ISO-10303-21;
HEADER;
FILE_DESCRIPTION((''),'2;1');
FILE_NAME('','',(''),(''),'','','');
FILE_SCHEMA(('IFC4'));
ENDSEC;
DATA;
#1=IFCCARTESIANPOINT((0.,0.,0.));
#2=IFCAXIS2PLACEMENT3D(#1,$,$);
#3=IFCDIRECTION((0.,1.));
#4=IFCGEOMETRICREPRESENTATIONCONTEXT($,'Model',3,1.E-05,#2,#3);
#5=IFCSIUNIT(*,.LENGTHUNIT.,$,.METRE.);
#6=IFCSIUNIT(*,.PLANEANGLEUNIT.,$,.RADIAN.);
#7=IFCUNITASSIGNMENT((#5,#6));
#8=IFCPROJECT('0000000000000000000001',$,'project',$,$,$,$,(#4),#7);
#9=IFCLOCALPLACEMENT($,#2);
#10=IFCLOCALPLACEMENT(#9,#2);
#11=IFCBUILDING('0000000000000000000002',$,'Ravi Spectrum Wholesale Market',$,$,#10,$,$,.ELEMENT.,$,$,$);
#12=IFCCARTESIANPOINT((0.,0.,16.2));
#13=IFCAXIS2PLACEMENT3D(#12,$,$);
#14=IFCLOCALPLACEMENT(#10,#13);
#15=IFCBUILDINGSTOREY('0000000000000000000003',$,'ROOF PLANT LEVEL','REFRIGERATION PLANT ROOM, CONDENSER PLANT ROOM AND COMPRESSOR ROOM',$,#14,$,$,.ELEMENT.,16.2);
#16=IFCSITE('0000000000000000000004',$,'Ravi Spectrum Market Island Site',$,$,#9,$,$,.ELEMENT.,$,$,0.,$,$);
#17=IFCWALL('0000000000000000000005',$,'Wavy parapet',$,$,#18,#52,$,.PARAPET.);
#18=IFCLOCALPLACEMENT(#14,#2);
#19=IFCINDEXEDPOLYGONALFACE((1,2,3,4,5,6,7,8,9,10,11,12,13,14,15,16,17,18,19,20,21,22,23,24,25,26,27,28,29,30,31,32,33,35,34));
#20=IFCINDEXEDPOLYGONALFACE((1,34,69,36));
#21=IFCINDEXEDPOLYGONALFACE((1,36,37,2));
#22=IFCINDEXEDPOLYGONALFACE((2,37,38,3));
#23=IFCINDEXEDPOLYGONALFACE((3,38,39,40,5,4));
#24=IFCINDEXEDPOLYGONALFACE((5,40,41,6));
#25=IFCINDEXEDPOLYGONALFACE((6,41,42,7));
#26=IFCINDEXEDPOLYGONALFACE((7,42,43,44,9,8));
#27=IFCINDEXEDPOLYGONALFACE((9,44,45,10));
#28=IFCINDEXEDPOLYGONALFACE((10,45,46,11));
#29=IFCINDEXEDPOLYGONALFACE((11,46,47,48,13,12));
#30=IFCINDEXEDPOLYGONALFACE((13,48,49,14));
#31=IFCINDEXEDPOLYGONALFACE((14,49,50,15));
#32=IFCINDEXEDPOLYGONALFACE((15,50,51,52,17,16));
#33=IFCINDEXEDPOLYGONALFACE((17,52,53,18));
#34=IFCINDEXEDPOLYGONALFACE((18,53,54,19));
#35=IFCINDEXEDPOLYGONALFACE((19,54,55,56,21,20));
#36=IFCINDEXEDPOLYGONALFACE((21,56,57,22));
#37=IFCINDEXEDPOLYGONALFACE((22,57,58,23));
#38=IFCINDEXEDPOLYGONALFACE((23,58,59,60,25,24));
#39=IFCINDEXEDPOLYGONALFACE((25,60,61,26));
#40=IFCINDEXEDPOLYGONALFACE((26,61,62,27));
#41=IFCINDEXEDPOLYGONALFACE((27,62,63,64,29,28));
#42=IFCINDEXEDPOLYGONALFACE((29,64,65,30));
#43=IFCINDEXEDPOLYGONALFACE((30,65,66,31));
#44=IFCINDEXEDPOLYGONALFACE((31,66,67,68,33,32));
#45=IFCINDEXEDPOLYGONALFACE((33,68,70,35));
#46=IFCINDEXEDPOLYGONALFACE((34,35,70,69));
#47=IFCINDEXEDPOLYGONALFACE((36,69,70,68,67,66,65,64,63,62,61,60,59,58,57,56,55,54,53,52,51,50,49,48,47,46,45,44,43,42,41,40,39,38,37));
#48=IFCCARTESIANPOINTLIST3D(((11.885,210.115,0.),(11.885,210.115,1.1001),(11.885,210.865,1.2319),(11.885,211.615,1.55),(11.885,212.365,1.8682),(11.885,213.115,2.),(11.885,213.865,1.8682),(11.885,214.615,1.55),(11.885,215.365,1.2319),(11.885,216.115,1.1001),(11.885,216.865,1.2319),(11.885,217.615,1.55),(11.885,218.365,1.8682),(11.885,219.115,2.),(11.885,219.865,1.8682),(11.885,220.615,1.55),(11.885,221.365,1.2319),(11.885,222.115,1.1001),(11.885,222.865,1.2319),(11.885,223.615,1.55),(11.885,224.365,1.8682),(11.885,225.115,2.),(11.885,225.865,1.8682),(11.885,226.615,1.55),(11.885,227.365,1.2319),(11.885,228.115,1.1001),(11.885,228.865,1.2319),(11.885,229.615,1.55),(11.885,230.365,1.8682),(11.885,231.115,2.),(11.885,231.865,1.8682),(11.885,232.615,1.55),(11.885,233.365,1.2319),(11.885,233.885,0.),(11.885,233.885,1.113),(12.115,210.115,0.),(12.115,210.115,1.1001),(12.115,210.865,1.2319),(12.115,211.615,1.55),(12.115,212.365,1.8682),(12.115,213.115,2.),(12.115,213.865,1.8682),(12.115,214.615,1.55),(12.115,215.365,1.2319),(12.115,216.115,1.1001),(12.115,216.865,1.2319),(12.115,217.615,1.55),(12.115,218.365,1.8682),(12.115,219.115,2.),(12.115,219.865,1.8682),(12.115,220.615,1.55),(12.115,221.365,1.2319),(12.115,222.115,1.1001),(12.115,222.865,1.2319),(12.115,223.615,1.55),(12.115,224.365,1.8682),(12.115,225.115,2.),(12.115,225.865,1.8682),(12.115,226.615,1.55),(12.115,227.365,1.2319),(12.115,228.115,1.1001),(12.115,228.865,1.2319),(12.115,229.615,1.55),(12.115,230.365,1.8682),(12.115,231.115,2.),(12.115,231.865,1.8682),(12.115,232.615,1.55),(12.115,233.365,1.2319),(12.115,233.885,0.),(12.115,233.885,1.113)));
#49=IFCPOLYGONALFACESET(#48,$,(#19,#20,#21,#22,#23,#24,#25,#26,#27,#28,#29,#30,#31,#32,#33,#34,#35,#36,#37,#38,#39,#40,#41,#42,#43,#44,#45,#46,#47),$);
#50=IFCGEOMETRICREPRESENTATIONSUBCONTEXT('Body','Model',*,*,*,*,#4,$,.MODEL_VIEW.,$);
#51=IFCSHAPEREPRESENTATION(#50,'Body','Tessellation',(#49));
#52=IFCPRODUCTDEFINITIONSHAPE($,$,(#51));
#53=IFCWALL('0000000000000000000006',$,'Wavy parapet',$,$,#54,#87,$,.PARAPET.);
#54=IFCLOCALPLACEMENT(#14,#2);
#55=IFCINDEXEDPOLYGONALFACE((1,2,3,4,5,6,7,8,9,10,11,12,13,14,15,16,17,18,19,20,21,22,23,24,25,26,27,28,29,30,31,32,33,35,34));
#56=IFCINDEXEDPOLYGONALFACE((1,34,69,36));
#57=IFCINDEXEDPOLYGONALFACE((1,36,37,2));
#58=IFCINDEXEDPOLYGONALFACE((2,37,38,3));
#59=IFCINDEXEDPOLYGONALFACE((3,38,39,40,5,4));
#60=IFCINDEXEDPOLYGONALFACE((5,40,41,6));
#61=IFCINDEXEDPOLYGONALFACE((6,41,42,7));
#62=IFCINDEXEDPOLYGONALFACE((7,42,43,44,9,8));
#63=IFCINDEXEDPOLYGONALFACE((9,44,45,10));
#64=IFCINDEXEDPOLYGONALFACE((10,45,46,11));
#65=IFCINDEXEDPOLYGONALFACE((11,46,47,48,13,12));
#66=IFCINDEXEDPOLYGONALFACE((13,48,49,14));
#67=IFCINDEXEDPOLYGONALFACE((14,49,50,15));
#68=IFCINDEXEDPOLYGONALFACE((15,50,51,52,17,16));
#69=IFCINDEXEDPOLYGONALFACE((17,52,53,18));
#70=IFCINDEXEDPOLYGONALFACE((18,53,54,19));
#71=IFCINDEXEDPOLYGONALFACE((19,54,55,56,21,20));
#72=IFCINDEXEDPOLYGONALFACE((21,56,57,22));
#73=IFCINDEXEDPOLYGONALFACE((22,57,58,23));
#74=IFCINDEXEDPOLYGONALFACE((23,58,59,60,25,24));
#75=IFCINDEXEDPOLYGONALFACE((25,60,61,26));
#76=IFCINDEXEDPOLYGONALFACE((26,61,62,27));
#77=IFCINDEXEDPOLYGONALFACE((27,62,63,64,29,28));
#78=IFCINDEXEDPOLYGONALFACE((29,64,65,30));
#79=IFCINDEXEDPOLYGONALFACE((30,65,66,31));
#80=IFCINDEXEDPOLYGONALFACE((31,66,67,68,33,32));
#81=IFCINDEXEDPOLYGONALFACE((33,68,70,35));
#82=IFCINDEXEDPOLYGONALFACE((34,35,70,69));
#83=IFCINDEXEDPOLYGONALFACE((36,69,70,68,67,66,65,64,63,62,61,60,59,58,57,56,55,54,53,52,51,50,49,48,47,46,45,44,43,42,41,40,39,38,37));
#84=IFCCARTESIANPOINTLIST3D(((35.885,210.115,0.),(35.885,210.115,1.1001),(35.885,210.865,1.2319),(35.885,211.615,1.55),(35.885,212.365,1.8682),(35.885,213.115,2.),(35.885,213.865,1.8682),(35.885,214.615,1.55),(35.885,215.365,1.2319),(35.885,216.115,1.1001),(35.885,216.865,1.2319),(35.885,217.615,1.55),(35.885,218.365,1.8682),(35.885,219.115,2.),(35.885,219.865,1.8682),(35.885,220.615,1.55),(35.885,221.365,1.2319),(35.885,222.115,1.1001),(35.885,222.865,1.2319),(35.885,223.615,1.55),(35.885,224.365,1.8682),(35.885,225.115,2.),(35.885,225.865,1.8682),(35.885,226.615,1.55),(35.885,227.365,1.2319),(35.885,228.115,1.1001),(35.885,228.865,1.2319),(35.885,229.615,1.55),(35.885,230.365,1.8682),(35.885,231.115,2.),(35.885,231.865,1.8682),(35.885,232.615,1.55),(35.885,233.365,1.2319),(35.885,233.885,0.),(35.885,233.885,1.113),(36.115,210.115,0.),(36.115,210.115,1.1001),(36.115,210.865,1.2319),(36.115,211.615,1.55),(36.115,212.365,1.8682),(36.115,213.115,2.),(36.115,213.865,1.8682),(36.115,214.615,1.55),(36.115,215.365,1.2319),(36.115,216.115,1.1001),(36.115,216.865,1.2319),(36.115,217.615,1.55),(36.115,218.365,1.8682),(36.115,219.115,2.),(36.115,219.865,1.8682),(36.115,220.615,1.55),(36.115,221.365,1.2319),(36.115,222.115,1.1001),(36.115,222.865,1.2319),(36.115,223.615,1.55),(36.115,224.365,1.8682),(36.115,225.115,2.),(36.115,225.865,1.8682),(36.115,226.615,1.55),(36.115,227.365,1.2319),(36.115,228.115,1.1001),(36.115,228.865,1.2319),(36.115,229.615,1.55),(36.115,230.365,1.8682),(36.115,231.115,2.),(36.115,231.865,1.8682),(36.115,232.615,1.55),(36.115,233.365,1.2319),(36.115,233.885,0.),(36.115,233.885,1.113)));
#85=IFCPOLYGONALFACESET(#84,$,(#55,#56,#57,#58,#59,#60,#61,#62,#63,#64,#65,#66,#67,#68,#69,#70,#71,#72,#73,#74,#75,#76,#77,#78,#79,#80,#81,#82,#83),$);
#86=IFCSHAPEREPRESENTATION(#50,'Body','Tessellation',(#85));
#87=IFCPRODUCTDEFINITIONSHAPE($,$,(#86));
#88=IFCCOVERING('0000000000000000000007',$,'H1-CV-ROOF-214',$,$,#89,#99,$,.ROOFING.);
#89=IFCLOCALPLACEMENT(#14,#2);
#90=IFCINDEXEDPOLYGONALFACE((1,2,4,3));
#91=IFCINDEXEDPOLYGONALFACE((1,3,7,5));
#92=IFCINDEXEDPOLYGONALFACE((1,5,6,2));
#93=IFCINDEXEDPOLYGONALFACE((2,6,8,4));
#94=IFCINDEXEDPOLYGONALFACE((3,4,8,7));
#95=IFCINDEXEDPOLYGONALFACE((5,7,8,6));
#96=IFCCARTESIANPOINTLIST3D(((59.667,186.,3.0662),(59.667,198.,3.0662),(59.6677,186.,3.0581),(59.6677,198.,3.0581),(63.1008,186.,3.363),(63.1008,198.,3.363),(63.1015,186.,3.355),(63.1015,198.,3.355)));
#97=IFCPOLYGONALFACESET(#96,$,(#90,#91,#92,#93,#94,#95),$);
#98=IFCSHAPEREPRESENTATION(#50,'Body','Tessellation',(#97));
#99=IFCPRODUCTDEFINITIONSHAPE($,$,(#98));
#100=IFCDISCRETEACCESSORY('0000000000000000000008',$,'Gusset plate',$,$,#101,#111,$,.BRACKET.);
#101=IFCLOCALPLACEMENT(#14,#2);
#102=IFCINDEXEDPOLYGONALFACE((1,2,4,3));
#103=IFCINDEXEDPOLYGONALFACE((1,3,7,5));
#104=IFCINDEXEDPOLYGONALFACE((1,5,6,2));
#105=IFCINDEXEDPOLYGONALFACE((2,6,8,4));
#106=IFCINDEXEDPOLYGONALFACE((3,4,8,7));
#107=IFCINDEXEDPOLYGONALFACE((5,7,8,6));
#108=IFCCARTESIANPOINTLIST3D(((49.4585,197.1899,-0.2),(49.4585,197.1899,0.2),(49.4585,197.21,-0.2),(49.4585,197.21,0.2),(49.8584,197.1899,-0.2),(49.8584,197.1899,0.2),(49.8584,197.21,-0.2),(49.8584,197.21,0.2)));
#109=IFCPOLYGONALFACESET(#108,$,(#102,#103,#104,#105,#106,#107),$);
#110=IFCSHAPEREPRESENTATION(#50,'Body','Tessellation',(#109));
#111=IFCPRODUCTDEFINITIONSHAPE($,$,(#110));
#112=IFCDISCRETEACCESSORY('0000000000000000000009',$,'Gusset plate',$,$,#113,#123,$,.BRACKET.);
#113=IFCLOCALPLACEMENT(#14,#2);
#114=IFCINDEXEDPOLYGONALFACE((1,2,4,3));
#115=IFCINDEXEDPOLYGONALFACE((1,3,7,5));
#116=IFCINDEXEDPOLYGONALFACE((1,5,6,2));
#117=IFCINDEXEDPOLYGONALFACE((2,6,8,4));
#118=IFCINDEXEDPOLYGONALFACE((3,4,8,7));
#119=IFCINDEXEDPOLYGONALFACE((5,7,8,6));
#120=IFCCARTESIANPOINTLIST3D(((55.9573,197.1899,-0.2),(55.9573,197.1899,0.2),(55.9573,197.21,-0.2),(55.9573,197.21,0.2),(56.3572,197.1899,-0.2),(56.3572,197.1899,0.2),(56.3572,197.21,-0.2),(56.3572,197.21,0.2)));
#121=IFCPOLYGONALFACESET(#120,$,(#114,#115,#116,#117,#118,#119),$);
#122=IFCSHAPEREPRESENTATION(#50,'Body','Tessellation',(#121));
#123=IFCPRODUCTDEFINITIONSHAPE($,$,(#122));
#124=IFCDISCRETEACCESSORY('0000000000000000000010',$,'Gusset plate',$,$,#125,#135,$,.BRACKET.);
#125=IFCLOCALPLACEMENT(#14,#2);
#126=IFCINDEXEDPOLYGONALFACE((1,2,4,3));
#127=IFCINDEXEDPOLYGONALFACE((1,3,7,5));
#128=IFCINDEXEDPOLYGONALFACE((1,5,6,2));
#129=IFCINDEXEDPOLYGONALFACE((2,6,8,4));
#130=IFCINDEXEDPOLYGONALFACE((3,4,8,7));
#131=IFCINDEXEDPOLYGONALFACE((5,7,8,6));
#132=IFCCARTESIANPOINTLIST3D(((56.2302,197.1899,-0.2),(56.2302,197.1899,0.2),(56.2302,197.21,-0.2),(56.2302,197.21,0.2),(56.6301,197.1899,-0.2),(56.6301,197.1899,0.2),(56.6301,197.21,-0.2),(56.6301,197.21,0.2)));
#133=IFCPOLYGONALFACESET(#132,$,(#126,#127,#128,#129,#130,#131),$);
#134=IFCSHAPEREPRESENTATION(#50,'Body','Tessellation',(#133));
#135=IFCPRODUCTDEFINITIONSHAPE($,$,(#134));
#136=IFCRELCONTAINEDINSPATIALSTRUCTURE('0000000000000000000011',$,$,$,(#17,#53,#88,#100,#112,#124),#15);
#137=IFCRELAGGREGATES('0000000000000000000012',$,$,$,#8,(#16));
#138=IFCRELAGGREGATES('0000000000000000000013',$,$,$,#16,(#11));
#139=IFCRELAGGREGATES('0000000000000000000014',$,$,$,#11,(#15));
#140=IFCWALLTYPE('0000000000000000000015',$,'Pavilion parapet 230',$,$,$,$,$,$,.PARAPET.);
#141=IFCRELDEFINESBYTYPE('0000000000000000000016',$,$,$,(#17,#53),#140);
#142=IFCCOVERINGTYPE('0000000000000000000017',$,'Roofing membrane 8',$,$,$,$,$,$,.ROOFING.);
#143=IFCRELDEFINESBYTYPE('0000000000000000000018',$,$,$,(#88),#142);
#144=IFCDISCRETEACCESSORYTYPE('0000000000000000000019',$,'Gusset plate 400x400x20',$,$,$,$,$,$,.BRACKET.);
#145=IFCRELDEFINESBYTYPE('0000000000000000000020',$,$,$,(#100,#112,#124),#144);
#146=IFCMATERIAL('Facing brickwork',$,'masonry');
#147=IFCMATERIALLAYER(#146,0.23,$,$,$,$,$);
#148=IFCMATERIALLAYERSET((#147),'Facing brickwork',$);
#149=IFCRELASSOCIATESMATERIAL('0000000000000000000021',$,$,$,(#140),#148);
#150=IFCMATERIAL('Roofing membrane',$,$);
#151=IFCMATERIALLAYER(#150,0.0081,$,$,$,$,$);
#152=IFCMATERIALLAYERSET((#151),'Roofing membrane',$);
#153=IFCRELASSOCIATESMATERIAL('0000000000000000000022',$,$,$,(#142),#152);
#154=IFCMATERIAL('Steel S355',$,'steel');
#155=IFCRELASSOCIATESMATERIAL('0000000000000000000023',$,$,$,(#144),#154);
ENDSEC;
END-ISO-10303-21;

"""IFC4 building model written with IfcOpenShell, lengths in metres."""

from ifc_helpers import new_model, si_unit, direction, frame, origin, origin_2d, place, context, subcontext, project, spatial, polyline, rectangle, outline, extrude, material, layer, layer_set, material_profile, profile_set, type_object, element, save


model = new_model("IFC4")

# Units and contexts
model_context = context("Model", 3, precision=1e-05, world=origin(), true_north=direction((0.0, 1.0)))
body_context = subcontext(model_context, "Body", "Model", "MODEL_VIEW")
ifc_project = project(units=[si_unit("LENGTHUNIT", "METRE"), si_unit("PLANEANGLEUNIT", "RADIAN")], contexts=[model_context])

# Site, building, storey
site_placement = place(None, origin())
site = spatial("IfcSite", under=ifc_project, at=site_placement, Name="Ravi Spectrum Market Island Site", CompositionType="ELEMENT", RefElevation=0.0)
building_placement = place(site_placement, origin())
building = spatial("IfcBuilding", under=site, at=building_placement, Name="Ravi Spectrum Wholesale Market", CompositionType="ELEMENT")
storey_placement = place(building_placement, frame((0.0, 0.0, 16.2)))
storey = spatial("IfcBuildingStorey", under=building, at=storey_placement, Name="ROOF PLANT LEVEL", Description="REFRIGERATION PLANT ROOM, CONDENSER PLANT ROOM AND COMPRESSOR ROOM", CompositionType="ELEMENT", Elevation=16.2)

# Walls
ifc_material_1 = material(Name="Facing brickwork", Category="masonry")
ifc_layer_1 = layer(ifc_material_1, 0.23)
ifc_layer_set_1 = layer_set([ifc_layer_1], Name="Facing brickwork")
wall_type = type_object("IfcWallType", Name="Pavilion parapet 230", PredefinedType="PARAPET", material=ifc_layer_set_1)
for number, where, z_axis, x_axis, name in (
    (1, (12.0, 210.115, 0.0), (0.0, 0.0, 1.0), (0.0, 1.0, 0.0), "Wavy parapet"),
    (2, (36.0, 210.115, 0.0), (0.0, 0.0, 1.0), (0.0, 1.0, 0.0), "Wavy parapet"),
):
    element("IfcWall", number, at=place(storey_placement, frame(where, z_axis=z_axis, x_axis=x_axis)), inside=storey, type_object=wall_type, Name=name, PredefinedType="PARAPET", context=body_context, shape_type="SweptSolid", body=[
        extrude(outline(polyline([(0.0, 0.0), (23.77, 0.0), (23.77, 1.113), (23.25, 1.2319), (22.5, 1.55), (21.75, 1.8682), (21.0, 2.0), (20.25, 1.8682), (19.5, 1.55), (18.75, 1.2319), (18.0, 1.1001), (17.25, 1.2319), (16.5, 1.55), (15.75, 1.8682), (15.0, 2.0), (14.25, 1.8682), (13.5, 1.55), (12.75, 1.2319), (12.0, 1.1001), (11.25, 1.2319), (10.5, 1.55), (9.75, 1.8682), (9.0, 2.0), (8.25, 1.8682), (7.5, 1.55), (6.75, 1.2319), (6.0, 1.1001), (5.25, 1.2319), (4.5, 1.55), (3.75, 1.8682), (3.0, 2.0), (2.25, 1.8682), (1.5, 1.55), (0.75, 1.2319), (0.0, 1.1001), (0.0, 0.0)])), frame((0.0, 0.115, 0.0), z_axis=(0.0, -1.0, 0.0), x_axis=(1.0, 0.0, 0.0)), (0.0, 0.0, 1.0), 0.23),
    ])

# Covering
ifc_material_2 = material(Name="Roofing membrane")
ifc_layer_2 = layer(ifc_material_2, 0.0081)
ifc_layer_set_2 = layer_set([ifc_layer_2], Name="Roofing membrane")
covering_type = type_object("IfcCoveringType", Name="Roofing membrane 8", PredefinedType="ROOFING", material=ifc_layer_set_2)
covering_placement = place(storey_placement, frame((59.667, 186.0, 3.0662), z_axis=(-0.086134, 0.0, 0.996284), x_axis=(0.996284, 0.0, 0.086134)))
element("IfcCovering", 3, at=covering_placement, inside=storey, type_object=covering_type, Name="H1-CV-ROOF-214", PredefinedType="ROOFING", context=body_context, shape_type="SweptSolid", body=[
    extrude(outline(polyline([(0.0, 0.0), (3.4466, 0.0), (3.4466, 12.0), (0.0, 12.0), (0.0, 0.0)])), origin(), (0.0, 0.0, -1.0), 0.0081),
])

# Discrete accessories
ifc_material_3 = material(Name="Steel S355", Category="steel")
ifc_material_profile_1 = material_profile(ifc_material_3, rectangle(XDim=0.3999, YDim=0.02, at=origin_2d()))
ifc_profile_set_1 = profile_set([ifc_material_profile_1], Name="Steel S355")
discrete_accessory_type = type_object("IfcDiscreteAccessoryType", Name="Gusset plate 400x400x20", PredefinedType="BRACKET", material=ifc_profile_set_1)
for number, where, z_axis, x_axis, name in (
    (4, (49.6584, 197.2, -0.2), (0.0, 0.0, 1.0), (1.0, 0.0, 0.0), "Gusset plate"),
    (5, (56.1572, 197.2, -0.2), (0.0, 0.0, 1.0), (1.0, 0.0, 0.0), "Gusset plate"),
    (6, (56.4302, 197.2, -0.2), (0.0, 0.0, 1.0), (1.0, 0.0, 0.0), "Gusset plate"),
):
    element("IfcDiscreteAccessory", number, at=place(storey_placement, frame(where, z_axis=z_axis, x_axis=x_axis)), inside=storey, type_object=discrete_accessory_type, Name=name, PredefinedType="BRACKET", context=body_context, shape_type="SweptSolid", body=[
        extrude(rectangle(XDim=0.3999, YDim=0.02, at=origin_2d()), origin(), (0.0, 0.0, 1.0), 0.3999),
    ])

save(model, "model.ifc")
